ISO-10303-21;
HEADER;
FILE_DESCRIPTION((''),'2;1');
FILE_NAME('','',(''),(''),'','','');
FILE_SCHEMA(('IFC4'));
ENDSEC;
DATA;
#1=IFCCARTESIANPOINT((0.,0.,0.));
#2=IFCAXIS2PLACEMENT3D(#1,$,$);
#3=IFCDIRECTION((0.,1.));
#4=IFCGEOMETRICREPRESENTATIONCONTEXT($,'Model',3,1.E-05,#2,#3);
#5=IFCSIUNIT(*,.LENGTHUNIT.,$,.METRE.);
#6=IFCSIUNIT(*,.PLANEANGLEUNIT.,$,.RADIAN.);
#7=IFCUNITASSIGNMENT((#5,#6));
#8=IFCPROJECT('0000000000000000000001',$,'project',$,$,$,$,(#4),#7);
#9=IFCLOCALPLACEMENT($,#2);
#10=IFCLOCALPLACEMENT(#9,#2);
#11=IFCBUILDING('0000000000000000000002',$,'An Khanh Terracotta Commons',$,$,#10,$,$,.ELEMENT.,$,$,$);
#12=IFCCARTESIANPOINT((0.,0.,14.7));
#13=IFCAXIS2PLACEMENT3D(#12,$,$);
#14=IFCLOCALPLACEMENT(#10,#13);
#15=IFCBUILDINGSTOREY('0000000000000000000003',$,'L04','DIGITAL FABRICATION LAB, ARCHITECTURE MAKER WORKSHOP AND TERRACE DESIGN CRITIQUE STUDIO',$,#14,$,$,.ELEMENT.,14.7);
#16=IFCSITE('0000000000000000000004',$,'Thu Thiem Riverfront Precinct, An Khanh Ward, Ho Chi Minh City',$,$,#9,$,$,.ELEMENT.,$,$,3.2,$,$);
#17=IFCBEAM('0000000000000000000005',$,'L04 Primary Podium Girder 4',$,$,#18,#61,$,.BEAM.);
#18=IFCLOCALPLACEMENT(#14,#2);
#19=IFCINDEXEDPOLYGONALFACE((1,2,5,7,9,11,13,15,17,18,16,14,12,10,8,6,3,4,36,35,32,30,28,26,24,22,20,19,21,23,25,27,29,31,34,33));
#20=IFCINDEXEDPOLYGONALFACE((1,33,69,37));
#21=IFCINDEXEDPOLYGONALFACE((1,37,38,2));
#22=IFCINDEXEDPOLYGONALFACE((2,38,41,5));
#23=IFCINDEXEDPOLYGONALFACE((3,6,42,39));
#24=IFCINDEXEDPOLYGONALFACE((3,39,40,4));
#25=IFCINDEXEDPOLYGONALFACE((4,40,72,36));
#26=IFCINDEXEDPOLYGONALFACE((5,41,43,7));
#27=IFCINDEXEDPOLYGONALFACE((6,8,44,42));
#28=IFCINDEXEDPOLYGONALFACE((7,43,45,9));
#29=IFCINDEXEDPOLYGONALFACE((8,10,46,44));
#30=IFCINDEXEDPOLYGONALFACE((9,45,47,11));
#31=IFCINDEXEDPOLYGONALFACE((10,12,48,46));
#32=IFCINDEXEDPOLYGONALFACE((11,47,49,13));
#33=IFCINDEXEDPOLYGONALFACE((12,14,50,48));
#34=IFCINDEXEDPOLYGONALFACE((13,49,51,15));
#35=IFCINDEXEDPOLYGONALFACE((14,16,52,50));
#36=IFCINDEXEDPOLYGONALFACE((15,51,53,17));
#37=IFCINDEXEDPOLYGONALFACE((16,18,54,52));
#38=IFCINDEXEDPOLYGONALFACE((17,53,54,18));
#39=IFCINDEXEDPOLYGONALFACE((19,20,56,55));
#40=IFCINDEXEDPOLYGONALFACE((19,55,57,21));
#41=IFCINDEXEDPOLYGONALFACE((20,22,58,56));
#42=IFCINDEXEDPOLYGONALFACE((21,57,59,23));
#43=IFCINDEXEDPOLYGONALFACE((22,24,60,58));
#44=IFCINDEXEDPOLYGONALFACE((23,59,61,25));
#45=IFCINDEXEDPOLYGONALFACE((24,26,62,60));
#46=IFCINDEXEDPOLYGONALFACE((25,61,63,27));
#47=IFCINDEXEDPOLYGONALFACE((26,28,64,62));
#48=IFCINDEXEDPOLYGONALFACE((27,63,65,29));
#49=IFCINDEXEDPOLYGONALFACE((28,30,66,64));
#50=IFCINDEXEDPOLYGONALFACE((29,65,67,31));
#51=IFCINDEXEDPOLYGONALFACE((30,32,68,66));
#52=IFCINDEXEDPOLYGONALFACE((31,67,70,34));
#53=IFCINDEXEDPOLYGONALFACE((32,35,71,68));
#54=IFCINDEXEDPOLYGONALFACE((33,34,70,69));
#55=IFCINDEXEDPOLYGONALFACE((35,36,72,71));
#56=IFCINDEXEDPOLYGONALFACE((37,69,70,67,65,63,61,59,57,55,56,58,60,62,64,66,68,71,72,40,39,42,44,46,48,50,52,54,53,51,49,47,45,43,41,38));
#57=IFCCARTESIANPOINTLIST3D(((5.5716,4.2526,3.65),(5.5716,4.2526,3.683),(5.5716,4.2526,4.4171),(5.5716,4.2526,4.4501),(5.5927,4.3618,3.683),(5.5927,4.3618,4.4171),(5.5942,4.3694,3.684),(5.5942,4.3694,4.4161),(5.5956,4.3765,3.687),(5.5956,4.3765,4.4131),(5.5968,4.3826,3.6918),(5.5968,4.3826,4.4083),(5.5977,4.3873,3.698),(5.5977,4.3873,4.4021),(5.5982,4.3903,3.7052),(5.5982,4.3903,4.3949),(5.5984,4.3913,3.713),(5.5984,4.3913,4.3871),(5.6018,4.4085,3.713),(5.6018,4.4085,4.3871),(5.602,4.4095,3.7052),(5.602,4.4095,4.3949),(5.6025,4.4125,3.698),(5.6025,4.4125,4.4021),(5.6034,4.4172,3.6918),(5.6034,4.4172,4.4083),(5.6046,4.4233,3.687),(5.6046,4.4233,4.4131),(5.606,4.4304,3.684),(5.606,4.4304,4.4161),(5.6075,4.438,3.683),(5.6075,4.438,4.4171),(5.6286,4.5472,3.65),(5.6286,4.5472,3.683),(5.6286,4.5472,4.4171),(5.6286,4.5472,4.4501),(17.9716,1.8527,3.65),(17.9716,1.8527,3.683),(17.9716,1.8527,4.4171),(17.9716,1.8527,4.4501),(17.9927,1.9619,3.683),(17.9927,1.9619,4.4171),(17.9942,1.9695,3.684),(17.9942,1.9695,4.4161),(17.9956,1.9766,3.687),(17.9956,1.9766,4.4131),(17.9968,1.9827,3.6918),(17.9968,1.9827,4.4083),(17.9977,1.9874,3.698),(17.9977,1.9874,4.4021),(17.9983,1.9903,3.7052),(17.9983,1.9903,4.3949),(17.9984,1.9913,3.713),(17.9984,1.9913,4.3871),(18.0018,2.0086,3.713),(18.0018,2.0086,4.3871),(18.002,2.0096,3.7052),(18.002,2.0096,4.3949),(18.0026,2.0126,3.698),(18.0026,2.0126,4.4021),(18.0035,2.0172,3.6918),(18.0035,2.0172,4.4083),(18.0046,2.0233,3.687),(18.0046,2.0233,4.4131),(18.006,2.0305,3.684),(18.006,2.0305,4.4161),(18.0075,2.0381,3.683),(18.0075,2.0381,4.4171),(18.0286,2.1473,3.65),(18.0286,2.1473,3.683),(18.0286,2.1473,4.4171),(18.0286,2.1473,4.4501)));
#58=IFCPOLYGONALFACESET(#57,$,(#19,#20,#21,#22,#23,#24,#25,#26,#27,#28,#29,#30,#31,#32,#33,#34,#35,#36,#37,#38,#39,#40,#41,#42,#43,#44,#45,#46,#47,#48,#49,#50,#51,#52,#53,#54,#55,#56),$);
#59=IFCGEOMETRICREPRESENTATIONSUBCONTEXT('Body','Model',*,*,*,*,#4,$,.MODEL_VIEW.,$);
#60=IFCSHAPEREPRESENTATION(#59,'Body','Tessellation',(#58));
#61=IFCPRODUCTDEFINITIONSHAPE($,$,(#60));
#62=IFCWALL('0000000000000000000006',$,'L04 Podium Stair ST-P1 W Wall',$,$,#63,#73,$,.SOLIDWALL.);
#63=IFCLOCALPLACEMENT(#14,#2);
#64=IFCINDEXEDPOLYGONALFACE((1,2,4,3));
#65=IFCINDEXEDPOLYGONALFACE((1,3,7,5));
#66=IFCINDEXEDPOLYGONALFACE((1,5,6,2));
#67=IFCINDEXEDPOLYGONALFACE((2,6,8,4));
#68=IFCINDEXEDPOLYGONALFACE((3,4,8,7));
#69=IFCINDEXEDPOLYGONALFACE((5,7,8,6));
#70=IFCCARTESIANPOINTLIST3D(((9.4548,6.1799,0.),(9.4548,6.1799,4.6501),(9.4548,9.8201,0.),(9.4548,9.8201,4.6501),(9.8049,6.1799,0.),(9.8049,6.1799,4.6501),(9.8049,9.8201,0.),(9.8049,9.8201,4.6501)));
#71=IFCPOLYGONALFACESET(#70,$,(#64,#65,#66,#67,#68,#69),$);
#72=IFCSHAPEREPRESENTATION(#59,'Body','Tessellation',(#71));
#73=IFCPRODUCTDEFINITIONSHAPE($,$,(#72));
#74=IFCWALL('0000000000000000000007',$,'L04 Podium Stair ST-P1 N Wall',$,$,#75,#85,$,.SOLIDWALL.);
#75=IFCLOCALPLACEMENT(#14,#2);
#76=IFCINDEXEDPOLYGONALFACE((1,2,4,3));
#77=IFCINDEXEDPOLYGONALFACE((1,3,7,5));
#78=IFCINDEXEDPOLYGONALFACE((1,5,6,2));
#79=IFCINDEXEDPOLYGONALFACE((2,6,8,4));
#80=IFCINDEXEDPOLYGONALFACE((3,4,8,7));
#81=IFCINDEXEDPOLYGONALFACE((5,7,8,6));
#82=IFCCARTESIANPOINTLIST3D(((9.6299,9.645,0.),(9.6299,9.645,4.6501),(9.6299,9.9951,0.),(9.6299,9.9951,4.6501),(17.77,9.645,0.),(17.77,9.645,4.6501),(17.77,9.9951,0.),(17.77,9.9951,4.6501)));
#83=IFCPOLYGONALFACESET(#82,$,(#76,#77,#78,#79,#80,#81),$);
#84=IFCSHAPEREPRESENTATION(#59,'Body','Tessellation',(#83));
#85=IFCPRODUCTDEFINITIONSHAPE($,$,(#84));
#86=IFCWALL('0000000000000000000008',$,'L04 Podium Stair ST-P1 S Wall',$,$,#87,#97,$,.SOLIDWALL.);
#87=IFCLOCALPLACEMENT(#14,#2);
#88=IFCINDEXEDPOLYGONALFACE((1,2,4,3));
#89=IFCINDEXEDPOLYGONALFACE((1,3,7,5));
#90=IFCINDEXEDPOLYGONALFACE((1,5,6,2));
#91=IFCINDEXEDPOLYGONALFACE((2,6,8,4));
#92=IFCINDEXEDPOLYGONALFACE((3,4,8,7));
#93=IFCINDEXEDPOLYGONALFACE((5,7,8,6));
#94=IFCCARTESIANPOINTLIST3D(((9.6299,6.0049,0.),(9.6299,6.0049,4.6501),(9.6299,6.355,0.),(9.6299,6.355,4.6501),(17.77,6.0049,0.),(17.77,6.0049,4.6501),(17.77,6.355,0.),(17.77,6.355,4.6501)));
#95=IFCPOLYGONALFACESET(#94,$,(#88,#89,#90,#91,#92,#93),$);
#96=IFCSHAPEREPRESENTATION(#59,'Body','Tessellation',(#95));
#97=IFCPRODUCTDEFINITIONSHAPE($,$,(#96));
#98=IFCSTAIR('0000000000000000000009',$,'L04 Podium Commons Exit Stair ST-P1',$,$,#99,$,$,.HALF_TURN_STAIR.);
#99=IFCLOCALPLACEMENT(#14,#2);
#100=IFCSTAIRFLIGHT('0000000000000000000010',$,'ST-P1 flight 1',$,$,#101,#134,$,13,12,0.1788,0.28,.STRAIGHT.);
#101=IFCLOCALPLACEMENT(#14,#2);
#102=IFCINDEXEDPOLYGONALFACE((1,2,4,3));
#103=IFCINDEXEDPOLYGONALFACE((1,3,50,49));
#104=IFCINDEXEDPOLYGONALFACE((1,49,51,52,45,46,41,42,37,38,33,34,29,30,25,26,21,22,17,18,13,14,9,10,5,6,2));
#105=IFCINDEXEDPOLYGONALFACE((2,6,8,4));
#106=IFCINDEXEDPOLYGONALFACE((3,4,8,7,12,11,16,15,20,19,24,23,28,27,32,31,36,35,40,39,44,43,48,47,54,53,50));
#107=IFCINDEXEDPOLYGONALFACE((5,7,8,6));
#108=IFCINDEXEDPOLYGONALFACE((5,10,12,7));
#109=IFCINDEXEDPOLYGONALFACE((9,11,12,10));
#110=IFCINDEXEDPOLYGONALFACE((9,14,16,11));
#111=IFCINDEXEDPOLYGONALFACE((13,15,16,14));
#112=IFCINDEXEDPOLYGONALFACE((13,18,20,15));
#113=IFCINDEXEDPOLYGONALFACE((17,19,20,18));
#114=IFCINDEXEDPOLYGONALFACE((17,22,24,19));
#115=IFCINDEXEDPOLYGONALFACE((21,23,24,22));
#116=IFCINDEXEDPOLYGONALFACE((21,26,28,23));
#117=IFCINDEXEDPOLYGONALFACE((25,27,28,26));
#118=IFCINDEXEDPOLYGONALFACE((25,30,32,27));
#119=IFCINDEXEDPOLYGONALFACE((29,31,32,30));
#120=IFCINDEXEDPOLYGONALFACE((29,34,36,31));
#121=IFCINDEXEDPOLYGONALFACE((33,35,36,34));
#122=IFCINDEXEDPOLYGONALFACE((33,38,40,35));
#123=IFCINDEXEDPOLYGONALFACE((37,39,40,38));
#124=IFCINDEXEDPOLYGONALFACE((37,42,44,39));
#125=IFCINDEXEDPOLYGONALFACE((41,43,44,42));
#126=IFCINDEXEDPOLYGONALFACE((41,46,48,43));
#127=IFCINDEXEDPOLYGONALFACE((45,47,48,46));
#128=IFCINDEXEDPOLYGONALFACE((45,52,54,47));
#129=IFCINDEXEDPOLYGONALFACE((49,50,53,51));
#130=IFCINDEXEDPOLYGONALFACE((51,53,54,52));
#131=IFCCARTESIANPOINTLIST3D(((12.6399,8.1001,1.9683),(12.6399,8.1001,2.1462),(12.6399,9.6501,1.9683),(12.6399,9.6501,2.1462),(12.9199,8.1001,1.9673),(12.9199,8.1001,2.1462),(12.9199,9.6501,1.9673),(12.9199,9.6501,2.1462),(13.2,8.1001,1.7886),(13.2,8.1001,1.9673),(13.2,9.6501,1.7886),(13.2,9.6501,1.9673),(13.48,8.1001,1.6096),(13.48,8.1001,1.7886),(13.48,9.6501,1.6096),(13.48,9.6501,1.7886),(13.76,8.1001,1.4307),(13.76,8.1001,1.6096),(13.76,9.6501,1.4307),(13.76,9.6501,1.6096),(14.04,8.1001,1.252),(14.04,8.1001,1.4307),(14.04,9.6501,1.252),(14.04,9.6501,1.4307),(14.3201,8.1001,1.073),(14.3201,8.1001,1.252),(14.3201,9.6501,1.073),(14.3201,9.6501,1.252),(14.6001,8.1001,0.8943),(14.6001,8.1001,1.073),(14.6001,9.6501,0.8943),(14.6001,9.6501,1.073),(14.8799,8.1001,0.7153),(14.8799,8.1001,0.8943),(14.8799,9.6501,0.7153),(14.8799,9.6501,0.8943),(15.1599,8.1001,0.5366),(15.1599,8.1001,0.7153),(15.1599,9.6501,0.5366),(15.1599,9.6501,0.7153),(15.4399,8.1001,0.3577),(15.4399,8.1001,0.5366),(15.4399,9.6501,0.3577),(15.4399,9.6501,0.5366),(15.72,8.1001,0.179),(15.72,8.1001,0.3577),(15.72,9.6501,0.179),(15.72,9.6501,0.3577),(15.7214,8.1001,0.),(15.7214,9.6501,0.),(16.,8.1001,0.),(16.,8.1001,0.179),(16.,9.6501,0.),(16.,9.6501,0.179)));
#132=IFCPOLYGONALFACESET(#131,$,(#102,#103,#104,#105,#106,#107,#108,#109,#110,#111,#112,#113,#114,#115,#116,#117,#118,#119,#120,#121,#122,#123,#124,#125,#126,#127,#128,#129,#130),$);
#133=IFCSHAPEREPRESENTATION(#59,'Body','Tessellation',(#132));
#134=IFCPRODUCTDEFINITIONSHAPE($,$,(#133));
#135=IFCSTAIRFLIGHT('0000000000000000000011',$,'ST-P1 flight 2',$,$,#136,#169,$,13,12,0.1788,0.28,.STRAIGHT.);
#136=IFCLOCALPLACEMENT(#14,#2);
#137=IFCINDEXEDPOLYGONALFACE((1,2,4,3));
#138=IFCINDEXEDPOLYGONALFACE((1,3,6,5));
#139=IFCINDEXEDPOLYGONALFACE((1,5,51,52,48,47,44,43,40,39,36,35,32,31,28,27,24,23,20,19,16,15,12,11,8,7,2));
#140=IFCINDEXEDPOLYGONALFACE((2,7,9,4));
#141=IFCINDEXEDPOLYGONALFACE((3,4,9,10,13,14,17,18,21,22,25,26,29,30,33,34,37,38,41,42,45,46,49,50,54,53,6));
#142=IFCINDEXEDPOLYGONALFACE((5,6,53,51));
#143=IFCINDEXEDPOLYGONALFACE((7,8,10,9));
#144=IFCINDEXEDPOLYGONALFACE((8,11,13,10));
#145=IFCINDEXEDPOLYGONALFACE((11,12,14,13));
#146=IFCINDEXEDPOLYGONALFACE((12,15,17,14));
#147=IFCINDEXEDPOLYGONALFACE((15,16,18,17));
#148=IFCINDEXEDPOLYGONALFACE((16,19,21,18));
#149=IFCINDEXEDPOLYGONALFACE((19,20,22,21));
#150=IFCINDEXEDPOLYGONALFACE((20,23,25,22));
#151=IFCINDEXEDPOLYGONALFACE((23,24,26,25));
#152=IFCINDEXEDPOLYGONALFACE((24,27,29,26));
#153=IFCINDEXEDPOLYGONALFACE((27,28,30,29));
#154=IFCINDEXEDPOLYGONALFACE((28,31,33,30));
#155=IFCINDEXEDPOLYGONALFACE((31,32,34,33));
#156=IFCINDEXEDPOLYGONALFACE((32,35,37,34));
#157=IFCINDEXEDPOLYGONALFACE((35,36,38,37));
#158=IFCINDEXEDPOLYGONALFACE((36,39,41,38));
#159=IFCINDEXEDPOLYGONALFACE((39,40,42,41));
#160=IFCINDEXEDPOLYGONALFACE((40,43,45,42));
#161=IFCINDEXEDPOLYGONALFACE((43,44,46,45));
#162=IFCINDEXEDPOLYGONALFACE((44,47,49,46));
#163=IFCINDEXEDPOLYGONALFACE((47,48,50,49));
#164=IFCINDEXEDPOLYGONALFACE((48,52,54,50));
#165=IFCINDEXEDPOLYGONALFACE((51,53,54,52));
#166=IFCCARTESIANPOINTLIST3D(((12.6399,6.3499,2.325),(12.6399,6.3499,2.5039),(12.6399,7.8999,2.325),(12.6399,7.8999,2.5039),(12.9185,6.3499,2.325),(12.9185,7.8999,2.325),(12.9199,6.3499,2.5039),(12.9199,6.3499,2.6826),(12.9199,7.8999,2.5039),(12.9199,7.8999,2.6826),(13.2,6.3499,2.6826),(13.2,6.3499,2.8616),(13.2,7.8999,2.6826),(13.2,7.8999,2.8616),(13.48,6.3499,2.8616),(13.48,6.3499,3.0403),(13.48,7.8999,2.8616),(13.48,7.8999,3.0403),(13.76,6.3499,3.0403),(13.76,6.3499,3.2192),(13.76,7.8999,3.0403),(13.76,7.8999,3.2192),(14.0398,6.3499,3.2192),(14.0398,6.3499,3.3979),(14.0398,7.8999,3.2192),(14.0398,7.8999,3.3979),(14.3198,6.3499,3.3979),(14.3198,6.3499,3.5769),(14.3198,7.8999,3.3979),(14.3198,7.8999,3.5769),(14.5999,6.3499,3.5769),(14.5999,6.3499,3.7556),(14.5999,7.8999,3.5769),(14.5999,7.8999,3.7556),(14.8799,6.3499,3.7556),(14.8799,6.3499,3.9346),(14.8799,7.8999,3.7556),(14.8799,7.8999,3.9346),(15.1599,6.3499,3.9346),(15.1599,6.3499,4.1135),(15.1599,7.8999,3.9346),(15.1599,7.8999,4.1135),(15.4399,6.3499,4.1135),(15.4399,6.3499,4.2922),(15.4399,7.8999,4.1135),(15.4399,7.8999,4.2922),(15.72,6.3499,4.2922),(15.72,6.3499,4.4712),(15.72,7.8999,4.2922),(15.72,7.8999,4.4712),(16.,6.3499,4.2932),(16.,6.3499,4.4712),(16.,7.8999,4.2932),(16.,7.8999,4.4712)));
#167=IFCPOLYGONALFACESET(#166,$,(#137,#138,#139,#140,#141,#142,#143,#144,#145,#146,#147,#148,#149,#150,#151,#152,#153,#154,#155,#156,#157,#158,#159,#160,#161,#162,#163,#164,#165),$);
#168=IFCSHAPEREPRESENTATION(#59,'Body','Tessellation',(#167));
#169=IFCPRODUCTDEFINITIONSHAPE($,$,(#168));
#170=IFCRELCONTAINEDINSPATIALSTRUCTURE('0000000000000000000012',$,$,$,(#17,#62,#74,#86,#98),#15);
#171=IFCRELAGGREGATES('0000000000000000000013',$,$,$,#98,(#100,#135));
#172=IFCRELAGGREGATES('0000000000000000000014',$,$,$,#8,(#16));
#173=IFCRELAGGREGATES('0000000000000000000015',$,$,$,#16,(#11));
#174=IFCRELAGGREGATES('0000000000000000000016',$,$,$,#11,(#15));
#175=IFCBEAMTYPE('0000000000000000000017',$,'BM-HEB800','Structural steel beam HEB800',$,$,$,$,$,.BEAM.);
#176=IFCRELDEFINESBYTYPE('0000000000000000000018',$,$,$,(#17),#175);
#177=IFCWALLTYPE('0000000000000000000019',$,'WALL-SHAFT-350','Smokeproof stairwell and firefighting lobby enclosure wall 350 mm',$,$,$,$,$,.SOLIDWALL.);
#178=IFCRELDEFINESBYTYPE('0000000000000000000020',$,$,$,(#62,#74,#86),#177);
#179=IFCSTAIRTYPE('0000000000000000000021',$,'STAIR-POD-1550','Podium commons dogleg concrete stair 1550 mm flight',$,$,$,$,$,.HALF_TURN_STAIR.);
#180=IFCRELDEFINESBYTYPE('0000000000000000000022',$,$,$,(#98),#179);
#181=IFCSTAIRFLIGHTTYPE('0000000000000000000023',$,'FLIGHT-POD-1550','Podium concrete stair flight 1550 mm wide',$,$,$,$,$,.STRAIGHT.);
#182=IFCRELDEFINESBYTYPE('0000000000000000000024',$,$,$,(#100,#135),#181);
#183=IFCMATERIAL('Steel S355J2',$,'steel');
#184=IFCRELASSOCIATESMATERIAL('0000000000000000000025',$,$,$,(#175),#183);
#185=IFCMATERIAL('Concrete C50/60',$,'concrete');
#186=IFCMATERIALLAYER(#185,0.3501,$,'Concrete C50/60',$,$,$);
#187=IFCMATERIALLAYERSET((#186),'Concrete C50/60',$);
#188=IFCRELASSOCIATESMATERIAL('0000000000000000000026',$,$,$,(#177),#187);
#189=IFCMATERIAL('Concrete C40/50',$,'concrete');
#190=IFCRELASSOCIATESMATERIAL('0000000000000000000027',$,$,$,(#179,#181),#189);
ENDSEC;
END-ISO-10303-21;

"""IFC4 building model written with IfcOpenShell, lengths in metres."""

from ifc_helpers import new_model, si_unit, direction, frame, frame_2d, origin, origin_2d, place, context, subcontext, project, spatial, polyline, rectangle, i_section, outline, extrude, material, layer, layer_set, material_profile, profile_set, type_object, element, aggregate, save


model = new_model("IFC4")

# Units and contexts
model_context = context("Model", 3, precision=1e-05, world=origin(), true_north=direction((0.0, 1.0)))
body_context = subcontext(model_context, "Body", "Model", "MODEL_VIEW")
ifc_project = project(units=[si_unit("LENGTHUNIT", "METRE"), si_unit("PLANEANGLEUNIT", "RADIAN")], contexts=[model_context])

# Site, building, storey
site_placement = place(None, origin())
site = spatial("IfcSite", under=ifc_project, at=site_placement, Name="Thu Thiem Riverfront Precinct, An Khanh Ward, Ho Chi Minh City", CompositionType="ELEMENT", RefElevation=3.2)
building_placement = place(site_placement, origin())
building = spatial("IfcBuilding", under=site, at=building_placement, Name="An Khanh Terracotta Commons", CompositionType="ELEMENT")
storey_placement = place(building_placement, frame((0.0, 0.0, 14.7)))
storey = spatial("IfcBuildingStorey", under=building, at=storey_placement, Name="L04", Description="DIGITAL FABRICATION LAB, ARCHITECTURE MAKER WORKSHOP AND TERRACE DESIGN CRITIQUE STUDIO", CompositionType="ELEMENT", Elevation=14.7)

# Shared definitions
ifc_material_1 = material(Name="Concrete C50/60", Category="concrete")

# Beam
ifc_material_2 = material(Name="Steel S355J2", Category="steel")
ifc_material_profile_1 = material_profile(ifc_material_2, i_section(OverallWidth=0.3, OverallDepth=0.8, WebThickness=0.0176, FlangeThickness=0.033, FilletRadius=0.03, at=origin_2d()), Name="HEB800")
ifc_profile_set_1 = profile_set([ifc_material_profile_1], Name="Steel S355J2")
beam_type_1 = type_object("IfcBeamType", Name="BM-HEB800", Description="Structural steel beam HEB800", PredefinedType="BEAM", material=ifc_profile_set_1)
beam_1_placement = place(storey_placement, frame((5.6001, 4.3999, 4.05), z_axis=(0.981781, -0.190016, 0.0), x_axis=(0.190016, 0.981781, 0.0)))
element("IfcBeam", 1, at=beam_1_placement, inside=storey, type_object=beam_type_1, Name="L04 Primary Podium Girder 4", PredefinedType="BEAM", context=body_context, shape_type="SweptSolid", body=[
    extrude(i_section(OverallWidth=0.3, OverallDepth=0.8, WebThickness=0.0176, FlangeThickness=0.033, FilletRadius=0.03, at=origin_2d()), origin(), (0.0, 0.0, 1.0), 12.6301),
])

# Walls
ifc_layer = layer(ifc_material_1, 0.3501, Name="Concrete C50/60")
ifc_layer_set = layer_set([ifc_layer], Name="Concrete C50/60")
wall_type = type_object("IfcWallType", Name="WALL-SHAFT-350", Description="Smokeproof stairwell and firefighting lobby enclosure wall 350 mm", PredefinedType="SOLIDWALL", material=ifc_layer_set)
wall_placement = place(storey_placement, frame((9.6299, 6.1799, 0.0), z_axis=(0.0, 0.0, 1.0), x_axis=(0.0, 1.0, 0.0)))
element("IfcWall", 2, at=wall_placement, inside=storey, type_object=wall_type, Name="L04 Podium Stair ST-P1 W Wall", PredefinedType="SOLIDWALL", context=body_context, shape_type="SweptSolid", body=[
    extrude(rectangle(XDim=3.6401, YDim=0.3501, at=frame_2d((1.8201, 0.0))), origin(), (0.0, 0.0, 1.0), 4.6501),
])
for number, where, z_axis, x_axis, name in (
    (3, (9.6299, 9.8201, 0.0), (0.0, 0.0, 1.0), (1.0, 0.0, 0.0), "L04 Podium Stair ST-P1 N Wall"),
    (4, (17.77, 6.1799, 0.0), (0.0, 0.0, 1.0), (-1.0, 0.0, 0.0), "L04 Podium Stair ST-P1 S Wall"),
):
    element("IfcWall", number, at=place(storey_placement, frame(where, z_axis=z_axis, x_axis=x_axis)), inside=storey, type_object=wall_type, Name=name, PredefinedType="SOLIDWALL", context=body_context, shape_type="SweptSolid", body=[
        extrude(rectangle(XDim=8.1401, YDim=0.3501, at=frame_2d((4.0701, 0.0))), origin(), (0.0, 0.0, 1.0), 4.6501),
    ])

# Stair, stair flights
ifc_material_3 = material(Name="Concrete C40/50", Category="concrete")
stair_type = type_object("IfcStairType", Name="STAIR-POD-1550", Description="Podium commons dogleg concrete stair 1550 mm flight", PredefinedType="HALF_TURN_STAIR", material=ifc_material_3)
stair_placement = place(storey_placement, origin())
stair = element("IfcStair", 5, at=stair_placement, inside=storey, type_object=stair_type, Name="L04 Podium Commons Exit Stair ST-P1", PredefinedType="HALF_TURN_STAIR")
stair_flight_type = type_object("IfcStairFlightType", Name="FLIGHT-POD-1550", Description="Podium concrete stair flight 1550 mm wide", PredefinedType="STRAIGHT", material=ifc_material_3)
stair_flight_1_placement = place(storey_placement, frame((16.0, 8.875, 0.0), z_axis=(0.0, 0.0, 1.0), x_axis=(-1.0, 0.0, 0.0)))
stair_flight_1 = element("IfcStairFlight", 6, at=stair_flight_1_placement, type_object=stair_flight_type, Name="ST-P1 flight 1", NumberOfRisers=13, NumberOfTreads=12, PredefinedType="STRAIGHT", RiserHeight=0.1788, TreadLength=0.28, context=body_context, shape_type="SweptSolid", body=[
    extrude(outline(polyline([(0.0, 0.0), (0.0, 0.179), (0.28, 0.179), (0.28, 0.3577), (0.5601, 0.3577), (0.5601, 0.5366), (0.8401, 0.5366), (0.8401, 0.7153), (1.1201, 0.7153), (1.1201, 0.8943), (1.3999, 0.8943), (1.3999, 1.073), (1.6799, 1.073), (1.6799, 1.252), (1.96, 1.252), (1.96, 1.4307), (2.24, 1.4307), (2.24, 1.6096), (2.52, 1.6096), (2.52, 1.7886), (2.8, 1.7886), (2.8, 1.9673), (3.0801, 1.9673), (3.0801, 2.1462), (3.3601, 2.1462), (3.3601, 2.325), (3.3601, 1.9683), (0.2786, 0.0), (0.0, 0.0)])), frame((0.0, 0.7749, 0.0), z_axis=(0.0, -1.0, 0.0), x_axis=(1.0, 0.0, 0.0)), (0.0, 0.0, 1.0), 1.55),
])
stair_flight_2_placement = place(storey_placement, frame((12.6399, 7.125, 2.325), z_axis=(0.0, 0.0, 1.0), x_axis=(1.0, 0.0, 0.0)))
stair_flight_2 = element("IfcStairFlight", 7, at=stair_flight_2_placement, type_object=stair_flight_type, Name="ST-P1 flight 2", NumberOfRisers=13, NumberOfTreads=12, PredefinedType="STRAIGHT", RiserHeight=0.1788, TreadLength=0.28, context=body_context, shape_type="SweptSolid", body=[
    extrude(outline(polyline([(0.0, 0.0), (0.0, 0.179), (0.28, 0.179), (0.28, 0.3577), (0.5601, 0.3577), (0.5601, 0.5366), (0.8401, 0.5366), (0.8401, 0.7153), (1.1201, 0.7153), (1.1201, 0.8943), (1.3999, 0.8943), (1.3999, 1.073), (1.6799, 1.073), (1.6799, 1.252), (1.96, 1.252), (1.96, 1.4307), (2.24, 1.4307), (2.24, 1.6096), (2.52, 1.6096), (2.52, 1.7886), (2.8, 1.7886), (2.8, 1.9673), (3.0801, 1.9673), (3.0801, 2.1462), (3.3601, 2.1462), (3.3601, 2.325), (3.3601, 1.9683), (0.2786, 0.0), (0.0, 0.0)])), frame((0.0, 0.7749, 0.0), z_axis=(0.0, -1.0, 0.0), x_axis=(1.0, 0.0, 0.0)), (0.0, 0.0, 1.0), 1.55),
])
aggregate(stair, [stair_flight_1, stair_flight_2])

save(model, "model.ifc")
